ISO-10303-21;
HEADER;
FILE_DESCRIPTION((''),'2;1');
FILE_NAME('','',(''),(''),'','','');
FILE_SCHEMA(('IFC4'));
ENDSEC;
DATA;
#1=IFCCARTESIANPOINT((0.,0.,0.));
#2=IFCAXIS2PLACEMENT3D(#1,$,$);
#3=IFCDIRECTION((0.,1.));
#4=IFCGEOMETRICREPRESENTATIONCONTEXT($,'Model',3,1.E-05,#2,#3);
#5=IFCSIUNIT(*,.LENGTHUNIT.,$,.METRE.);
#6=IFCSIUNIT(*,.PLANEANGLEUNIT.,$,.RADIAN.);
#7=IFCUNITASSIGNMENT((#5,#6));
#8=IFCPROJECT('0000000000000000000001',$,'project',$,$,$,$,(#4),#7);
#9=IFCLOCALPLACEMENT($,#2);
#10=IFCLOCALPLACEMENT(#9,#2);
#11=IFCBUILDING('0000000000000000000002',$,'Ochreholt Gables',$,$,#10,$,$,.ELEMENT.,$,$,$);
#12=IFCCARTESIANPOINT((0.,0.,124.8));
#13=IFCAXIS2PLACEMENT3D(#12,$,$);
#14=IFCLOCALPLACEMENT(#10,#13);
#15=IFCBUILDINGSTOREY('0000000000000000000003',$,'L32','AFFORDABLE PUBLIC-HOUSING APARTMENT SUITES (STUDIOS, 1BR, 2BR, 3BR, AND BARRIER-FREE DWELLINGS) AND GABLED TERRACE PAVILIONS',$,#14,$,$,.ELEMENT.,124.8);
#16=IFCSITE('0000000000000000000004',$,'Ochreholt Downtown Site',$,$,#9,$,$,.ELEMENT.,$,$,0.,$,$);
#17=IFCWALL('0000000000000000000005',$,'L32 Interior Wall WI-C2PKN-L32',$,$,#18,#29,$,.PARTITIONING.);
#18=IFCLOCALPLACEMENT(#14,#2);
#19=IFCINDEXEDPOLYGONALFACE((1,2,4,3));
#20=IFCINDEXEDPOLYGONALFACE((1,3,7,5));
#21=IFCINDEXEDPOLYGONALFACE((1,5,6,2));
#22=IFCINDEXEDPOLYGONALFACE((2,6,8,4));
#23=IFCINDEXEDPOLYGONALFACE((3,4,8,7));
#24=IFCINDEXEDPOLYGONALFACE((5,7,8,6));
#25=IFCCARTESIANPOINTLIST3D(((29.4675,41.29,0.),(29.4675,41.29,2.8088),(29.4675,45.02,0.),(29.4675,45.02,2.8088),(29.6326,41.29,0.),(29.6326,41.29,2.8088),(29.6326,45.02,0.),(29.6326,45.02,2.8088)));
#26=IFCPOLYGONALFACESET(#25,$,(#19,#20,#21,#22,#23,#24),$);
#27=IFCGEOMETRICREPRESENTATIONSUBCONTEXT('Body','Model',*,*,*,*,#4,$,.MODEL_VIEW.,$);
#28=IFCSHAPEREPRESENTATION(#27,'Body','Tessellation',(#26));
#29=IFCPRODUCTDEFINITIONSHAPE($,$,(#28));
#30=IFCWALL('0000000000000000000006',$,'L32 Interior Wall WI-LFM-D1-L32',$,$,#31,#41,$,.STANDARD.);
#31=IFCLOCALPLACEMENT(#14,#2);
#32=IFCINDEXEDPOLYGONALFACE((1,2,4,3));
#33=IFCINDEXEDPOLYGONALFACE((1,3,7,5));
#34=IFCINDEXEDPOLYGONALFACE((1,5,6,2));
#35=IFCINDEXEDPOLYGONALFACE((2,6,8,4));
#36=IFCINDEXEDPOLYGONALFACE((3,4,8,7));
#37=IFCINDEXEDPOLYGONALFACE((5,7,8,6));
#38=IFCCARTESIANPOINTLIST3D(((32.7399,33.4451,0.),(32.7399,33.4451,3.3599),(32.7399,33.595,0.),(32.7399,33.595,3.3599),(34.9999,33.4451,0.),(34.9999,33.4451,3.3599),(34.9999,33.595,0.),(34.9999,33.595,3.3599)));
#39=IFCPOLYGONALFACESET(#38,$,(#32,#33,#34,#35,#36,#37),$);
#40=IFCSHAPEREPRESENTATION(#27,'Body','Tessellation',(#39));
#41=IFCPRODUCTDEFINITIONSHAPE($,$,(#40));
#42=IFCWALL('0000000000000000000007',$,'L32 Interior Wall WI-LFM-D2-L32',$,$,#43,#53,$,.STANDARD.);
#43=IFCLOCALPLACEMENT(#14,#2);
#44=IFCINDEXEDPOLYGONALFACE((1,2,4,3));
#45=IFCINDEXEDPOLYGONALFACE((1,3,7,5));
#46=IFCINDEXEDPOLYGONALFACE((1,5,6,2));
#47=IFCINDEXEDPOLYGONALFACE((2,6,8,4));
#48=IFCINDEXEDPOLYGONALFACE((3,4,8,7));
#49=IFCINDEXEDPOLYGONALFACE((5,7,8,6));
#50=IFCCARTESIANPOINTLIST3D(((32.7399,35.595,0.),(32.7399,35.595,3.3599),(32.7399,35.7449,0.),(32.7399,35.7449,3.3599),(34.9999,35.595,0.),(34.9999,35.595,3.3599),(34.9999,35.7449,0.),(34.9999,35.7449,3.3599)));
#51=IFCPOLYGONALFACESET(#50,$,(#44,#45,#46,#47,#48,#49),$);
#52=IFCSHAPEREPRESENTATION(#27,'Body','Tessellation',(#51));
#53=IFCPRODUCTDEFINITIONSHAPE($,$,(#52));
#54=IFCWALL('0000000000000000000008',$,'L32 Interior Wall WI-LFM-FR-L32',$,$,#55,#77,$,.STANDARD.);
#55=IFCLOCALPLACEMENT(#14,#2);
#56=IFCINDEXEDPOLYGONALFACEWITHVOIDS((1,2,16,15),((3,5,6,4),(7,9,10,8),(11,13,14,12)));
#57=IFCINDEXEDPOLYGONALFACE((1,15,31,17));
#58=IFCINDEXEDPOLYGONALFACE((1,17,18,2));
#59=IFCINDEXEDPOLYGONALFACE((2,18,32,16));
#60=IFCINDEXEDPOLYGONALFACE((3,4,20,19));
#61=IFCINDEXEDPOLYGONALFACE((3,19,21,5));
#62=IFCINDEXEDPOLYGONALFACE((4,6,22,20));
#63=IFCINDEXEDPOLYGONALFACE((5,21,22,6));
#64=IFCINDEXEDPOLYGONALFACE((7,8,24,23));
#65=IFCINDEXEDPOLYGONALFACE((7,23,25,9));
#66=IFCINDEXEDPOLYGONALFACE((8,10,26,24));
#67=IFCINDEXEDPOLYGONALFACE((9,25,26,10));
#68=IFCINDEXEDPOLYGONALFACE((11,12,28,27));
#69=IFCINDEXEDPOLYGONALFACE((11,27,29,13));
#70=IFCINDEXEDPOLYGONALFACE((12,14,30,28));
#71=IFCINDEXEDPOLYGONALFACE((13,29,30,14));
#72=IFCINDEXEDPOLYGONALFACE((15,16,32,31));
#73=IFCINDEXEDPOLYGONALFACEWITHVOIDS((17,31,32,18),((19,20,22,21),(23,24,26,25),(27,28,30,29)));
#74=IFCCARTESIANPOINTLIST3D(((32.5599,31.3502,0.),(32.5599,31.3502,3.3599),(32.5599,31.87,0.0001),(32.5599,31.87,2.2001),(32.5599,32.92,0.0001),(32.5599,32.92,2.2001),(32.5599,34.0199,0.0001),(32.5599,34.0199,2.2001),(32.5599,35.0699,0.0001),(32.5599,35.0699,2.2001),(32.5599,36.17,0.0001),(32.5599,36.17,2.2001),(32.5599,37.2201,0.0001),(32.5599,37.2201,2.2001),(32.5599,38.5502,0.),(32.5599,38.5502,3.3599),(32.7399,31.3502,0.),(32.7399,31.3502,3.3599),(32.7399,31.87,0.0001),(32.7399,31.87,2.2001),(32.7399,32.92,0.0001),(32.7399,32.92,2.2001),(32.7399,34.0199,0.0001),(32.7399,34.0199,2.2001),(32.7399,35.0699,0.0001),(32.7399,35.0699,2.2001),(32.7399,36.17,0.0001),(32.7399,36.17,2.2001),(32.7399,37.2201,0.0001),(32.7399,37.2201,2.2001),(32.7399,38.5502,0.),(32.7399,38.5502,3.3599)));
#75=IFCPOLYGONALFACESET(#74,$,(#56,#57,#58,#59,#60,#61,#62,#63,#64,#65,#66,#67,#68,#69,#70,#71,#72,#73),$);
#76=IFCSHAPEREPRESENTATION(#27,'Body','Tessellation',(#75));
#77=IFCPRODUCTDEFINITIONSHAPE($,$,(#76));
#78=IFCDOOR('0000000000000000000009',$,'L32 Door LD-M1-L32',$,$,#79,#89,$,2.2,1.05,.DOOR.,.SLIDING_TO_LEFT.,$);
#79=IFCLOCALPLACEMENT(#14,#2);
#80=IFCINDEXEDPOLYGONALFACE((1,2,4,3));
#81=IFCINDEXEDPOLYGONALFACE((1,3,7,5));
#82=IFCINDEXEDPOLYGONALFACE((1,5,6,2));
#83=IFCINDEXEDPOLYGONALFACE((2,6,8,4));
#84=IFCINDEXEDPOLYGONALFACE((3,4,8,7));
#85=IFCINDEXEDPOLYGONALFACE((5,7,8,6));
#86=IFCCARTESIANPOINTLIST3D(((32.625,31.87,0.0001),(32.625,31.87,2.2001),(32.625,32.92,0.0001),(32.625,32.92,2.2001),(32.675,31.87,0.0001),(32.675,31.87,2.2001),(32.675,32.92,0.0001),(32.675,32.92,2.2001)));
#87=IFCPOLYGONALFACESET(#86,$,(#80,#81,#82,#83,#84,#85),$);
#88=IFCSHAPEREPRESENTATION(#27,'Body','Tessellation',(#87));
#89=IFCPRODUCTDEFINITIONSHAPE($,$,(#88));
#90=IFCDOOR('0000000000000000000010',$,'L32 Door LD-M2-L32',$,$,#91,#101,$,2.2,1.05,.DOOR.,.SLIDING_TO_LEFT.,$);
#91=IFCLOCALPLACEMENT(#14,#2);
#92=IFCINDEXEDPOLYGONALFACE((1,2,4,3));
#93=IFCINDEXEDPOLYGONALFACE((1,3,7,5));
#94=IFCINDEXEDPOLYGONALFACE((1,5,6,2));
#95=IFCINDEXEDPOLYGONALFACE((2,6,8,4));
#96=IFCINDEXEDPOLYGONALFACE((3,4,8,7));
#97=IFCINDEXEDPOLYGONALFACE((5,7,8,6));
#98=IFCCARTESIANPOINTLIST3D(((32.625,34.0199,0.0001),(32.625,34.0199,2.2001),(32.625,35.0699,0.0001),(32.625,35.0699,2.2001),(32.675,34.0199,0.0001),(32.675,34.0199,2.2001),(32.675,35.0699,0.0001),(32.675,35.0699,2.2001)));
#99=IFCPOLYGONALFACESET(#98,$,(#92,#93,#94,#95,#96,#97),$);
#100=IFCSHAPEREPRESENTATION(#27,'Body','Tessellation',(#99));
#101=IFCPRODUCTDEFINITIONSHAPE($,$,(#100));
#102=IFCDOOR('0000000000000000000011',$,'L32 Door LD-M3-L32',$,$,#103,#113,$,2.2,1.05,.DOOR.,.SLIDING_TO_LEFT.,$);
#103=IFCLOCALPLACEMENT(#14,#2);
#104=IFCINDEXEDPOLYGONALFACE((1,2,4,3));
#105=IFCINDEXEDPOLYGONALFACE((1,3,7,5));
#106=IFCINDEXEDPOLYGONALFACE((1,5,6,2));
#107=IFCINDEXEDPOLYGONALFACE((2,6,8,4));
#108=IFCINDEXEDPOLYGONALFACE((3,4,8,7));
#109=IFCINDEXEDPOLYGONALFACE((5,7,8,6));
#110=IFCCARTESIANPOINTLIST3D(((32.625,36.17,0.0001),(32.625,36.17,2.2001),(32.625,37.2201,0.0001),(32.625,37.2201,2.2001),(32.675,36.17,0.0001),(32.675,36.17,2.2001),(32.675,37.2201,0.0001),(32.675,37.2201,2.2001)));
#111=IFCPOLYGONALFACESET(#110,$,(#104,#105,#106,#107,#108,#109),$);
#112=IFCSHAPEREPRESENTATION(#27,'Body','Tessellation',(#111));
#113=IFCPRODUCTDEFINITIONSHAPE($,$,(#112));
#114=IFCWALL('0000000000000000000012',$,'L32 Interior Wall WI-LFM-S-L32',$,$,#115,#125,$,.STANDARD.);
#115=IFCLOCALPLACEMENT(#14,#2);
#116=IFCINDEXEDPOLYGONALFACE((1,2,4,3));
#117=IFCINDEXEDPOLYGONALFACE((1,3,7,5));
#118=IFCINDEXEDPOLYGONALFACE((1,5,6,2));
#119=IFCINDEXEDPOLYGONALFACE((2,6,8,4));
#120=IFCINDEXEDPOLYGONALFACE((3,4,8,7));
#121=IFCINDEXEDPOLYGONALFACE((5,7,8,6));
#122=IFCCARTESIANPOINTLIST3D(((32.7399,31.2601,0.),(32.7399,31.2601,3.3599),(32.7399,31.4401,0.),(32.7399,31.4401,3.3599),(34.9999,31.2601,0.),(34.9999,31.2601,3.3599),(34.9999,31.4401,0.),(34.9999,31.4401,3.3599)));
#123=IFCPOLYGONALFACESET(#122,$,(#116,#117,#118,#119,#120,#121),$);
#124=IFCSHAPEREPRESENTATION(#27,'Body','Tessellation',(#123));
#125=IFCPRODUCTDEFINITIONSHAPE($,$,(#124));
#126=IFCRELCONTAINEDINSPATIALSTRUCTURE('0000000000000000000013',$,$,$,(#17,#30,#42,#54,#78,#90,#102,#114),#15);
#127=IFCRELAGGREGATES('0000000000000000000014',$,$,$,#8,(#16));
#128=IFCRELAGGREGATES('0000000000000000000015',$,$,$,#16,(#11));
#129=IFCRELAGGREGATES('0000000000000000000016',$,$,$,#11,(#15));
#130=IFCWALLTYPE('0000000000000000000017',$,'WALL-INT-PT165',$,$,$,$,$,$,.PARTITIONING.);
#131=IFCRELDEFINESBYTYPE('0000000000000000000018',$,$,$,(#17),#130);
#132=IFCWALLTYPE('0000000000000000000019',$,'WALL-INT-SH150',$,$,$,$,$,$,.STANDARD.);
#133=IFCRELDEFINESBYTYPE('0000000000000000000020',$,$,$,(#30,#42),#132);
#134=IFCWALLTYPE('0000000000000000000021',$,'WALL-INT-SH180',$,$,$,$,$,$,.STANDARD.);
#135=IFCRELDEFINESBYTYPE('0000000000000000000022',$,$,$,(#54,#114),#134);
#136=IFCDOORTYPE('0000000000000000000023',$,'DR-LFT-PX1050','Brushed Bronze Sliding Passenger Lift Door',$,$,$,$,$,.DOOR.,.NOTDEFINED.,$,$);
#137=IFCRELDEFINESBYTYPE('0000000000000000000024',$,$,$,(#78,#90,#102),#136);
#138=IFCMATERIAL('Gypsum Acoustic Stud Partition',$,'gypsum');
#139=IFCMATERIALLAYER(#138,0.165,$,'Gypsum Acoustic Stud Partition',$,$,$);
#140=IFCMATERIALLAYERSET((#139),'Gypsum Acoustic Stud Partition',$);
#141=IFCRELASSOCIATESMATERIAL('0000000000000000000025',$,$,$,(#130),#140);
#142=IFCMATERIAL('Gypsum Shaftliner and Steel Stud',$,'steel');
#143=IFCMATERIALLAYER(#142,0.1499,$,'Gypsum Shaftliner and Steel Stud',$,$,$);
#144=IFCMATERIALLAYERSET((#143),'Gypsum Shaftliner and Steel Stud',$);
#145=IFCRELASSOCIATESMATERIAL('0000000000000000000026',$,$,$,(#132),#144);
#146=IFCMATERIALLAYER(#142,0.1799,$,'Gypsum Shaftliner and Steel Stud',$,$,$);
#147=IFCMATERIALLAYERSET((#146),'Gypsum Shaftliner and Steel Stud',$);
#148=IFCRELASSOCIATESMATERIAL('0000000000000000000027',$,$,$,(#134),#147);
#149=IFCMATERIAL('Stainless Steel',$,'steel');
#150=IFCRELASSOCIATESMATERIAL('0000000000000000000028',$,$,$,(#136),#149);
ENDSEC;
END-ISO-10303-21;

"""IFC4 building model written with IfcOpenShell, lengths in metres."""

from ifc_helpers import new_model, si_unit, direction, frame, frame_2d, origin, place, context, subcontext, project, spatial, rectangle, extrude, material, layer, layer_set, type_object, element, fill, save


model = new_model("IFC4")

# Units and contexts
model_context = context("Model", 3, precision=1e-05, world=origin(), true_north=direction((0.0, 1.0)))
body_context = subcontext(model_context, "Body", "Model", "MODEL_VIEW")
ifc_project = project(units=[si_unit("LENGTHUNIT", "METRE"), si_unit("PLANEANGLEUNIT", "RADIAN")], contexts=[model_context])

# Site, building, storey
site_placement = place(None, origin())
site = spatial("IfcSite", under=ifc_project, at=site_placement, Name="Ochreholt Downtown Site", CompositionType="ELEMENT", RefElevation=0.0)
building_placement = place(site_placement, origin())
building = spatial("IfcBuilding", under=site, at=building_placement, Name="Ochreholt Gables", CompositionType="ELEMENT")
storey_placement = place(building_placement, frame((0.0, 0.0, 124.8)))
storey = spatial("IfcBuildingStorey", under=building, at=storey_placement, Name="L32", Description="AFFORDABLE PUBLIC-HOUSING APARTMENT SUITES (STUDIOS, 1BR, 2BR, 3BR, AND BARRIER-FREE DWELLINGS) AND GABLED TERRACE PAVILIONS", CompositionType="ELEMENT", Elevation=124.8)

# Shared definitions
ifc_material_1 = material(Name="Gypsum Acoustic Stud Partition", Category="gypsum")
ifc_layer_1 = layer(ifc_material_1, 0.165, Name="Gypsum Acoustic Stud Partition")
ifc_layer_set_1 = layer_set([ifc_layer_1], Name="Gypsum Acoustic Stud Partition")
wall_type_1 = type_object("IfcWallType", Name="WALL-INT-PT165", PredefinedType="PARTITIONING", material=ifc_layer_set_1)

# Walls
wall_1_placement = place(storey_placement, frame((29.55, 41.29, 0.0), z_axis=(0.0, 0.0, 1.0), x_axis=(0.0, 1.0, 0.0)))
element("IfcWall", 1, at=wall_1_placement, inside=storey, type_object=wall_type_1, Name="L32 Interior Wall WI-C2PKN-L32", PredefinedType="PARTITIONING", context=body_context, shape_type="SweptSolid", body=[
    extrude(rectangle(XDim=3.73, YDim=0.165, at=frame_2d((1.865, 0.0))), origin(), (0.0, 0.0, 1.0), 2.8088),
])
ifc_material_2 = material(Name="Gypsum Shaftliner and Steel Stud", Category="steel")
ifc_layer_2 = layer(ifc_material_2, 0.1499, Name="Gypsum Shaftliner and Steel Stud")
ifc_layer_set_2 = layer_set([ifc_layer_2], Name="Gypsum Shaftliner and Steel Stud")
wall_type_2 = type_object("IfcWallType", Name="WALL-INT-SH150", PredefinedType="STANDARD", material=ifc_layer_set_2)
for number, where, z_axis, x_axis, name in (
    (2, (32.74, 33.52, 0.0), (0.0, 0.0, 1.0), (1.0, 0.0, 0.0), "L32 Interior Wall WI-LFM-D1-L32"),
    (3, (32.74, 35.6699, 0.0), (0.0, 0.0, 1.0), (1.0, 0.0, 0.0), "L32 Interior Wall WI-LFM-D2-L32"),
):
    element("IfcWall", number, at=place(storey_placement, frame(where, z_axis=z_axis, x_axis=x_axis)), inside=storey, type_object=wall_type_2, Name=name, PredefinedType="STANDARD", context=body_context, shape_type="SweptSolid", body=[
        extrude(rectangle(XDim=2.26, YDim=0.1499, at=frame_2d((1.1299, 0.0))), origin(), (0.0, 0.0, 1.0), 3.3599),
    ])

# Wall, openings, doors
ifc_layer_3 = layer(ifc_material_2, 0.1799, Name="Gypsum Shaftliner and Steel Stud")
ifc_layer_set_3 = layer_set([ifc_layer_3], Name="Gypsum Shaftliner and Steel Stud")
wall_type_3 = type_object("IfcWallType", Name="WALL-INT-SH180", PredefinedType="STANDARD", material=ifc_layer_set_3)
wall_2_placement = place(storey_placement, frame((32.6499, 31.3501, 0.0), z_axis=(0.0, 0.0, 1.0), x_axis=(0.0, 1.0, 0.0)))
wall_2 = element("IfcWall", 4, at=wall_2_placement, inside=storey, type_object=wall_type_3, Name="L32 Interior Wall WI-LFM-FR-L32", PredefinedType="STANDARD", context=body_context, shape_type="SweptSolid", body=[
    extrude(rectangle(XDim=7.2, YDim=0.1799, at=frame_2d((3.6001, 0.0))), origin(), (0.0, 0.0, 1.0), 3.3599),
])
opening_1_placement = place(wall_2_placement, frame((0.52, 0.0, 0.0)))
opening_1 = element("IfcOpeningElement", 5, at=opening_1_placement, cuts=wall_2, PredefinedType="OPENING", context=body_context, shape_type="SweptSolid", body=[
    extrude(rectangle(XDim=1.05, YDim=2.2, at=frame_2d((0.5249, 1.1001))), frame((0.0, 0.0999, 0.0), z_axis=(0.0, -1.0, 0.0), x_axis=(1.0, 0.0, 0.0)), (0.0, 0.0, 1.0), 0.2),
])
opening_2_placement = place(wall_2_placement, frame((2.6699, 0.0, 0.0)))
opening_2 = element("IfcOpeningElement", 6, at=opening_2_placement, cuts=wall_2, PredefinedType="OPENING", context=body_context, shape_type="SweptSolid", body=[
    extrude(rectangle(XDim=1.05, YDim=2.2, at=frame_2d((0.5249, 1.1001))), frame((0.0, 0.0999, 0.0), z_axis=(0.0, -1.0, 0.0), x_axis=(1.0, 0.0, 0.0)), (0.0, 0.0, 1.0), 0.2),
])
opening_3_placement = place(wall_2_placement, frame((4.8201, 0.0, 0.0)))
opening_3 = element("IfcOpeningElement", 7, at=opening_3_placement, cuts=wall_2, PredefinedType="OPENING", context=body_context, shape_type="SweptSolid", body=[
    extrude(rectangle(XDim=1.05, YDim=2.2, at=frame_2d((0.5249, 1.1001))), frame((0.0, 0.0999, 0.0), z_axis=(0.0, -1.0, 0.0), x_axis=(1.0, 0.0, 0.0)), (0.0, 0.0, 1.0), 0.2),
])
ifc_material_3 = material(Name="Stainless Steel", Category="steel")
door_type_1 = type_object("IfcDoorType", Name="DR-LFT-PX1050", Description="Brushed Bronze Sliding Passenger Lift Door", OperationType="NOTDEFINED", PredefinedType="DOOR", material=ifc_material_3)
door_1_placement = place(opening_1_placement, origin())
door_1 = element("IfcDoor", 8, at=door_1_placement, inside=storey, type_object=door_type_1, Name="L32 Door LD-M1-L32", OperationType="SLIDING_TO_LEFT", OverallHeight=2.2, OverallWidth=1.05, PredefinedType="DOOR", context=body_context, shape_type="SweptSolid", body=[
    extrude(rectangle(XDim=1.05, YDim=2.2, at=frame_2d((0.5249, 1.1001))), frame((0.0, 0.0249, 0.0), z_axis=(0.0, -1.0, 0.0), x_axis=(1.0, 0.0, 0.0)), (0.0, 0.0, 1.0), 0.05),
])
fill(opening_1, door_1)
door_2_placement = place(opening_2_placement, origin())
door_2 = element("IfcDoor", 9, at=door_2_placement, inside=storey, type_object=door_type_1, Name="L32 Door LD-M2-L32", OperationType="SLIDING_TO_LEFT", OverallHeight=2.2, OverallWidth=1.05, PredefinedType="DOOR", context=body_context, shape_type="SweptSolid", body=[
    extrude(rectangle(XDim=1.05, YDim=2.2, at=frame_2d((0.5249, 1.1001))), frame((0.0, 0.0249, 0.0), z_axis=(0.0, -1.0, 0.0), x_axis=(1.0, 0.0, 0.0)), (0.0, 0.0, 1.0), 0.05),
])
fill(opening_2, door_2)
door_3_placement = place(opening_3_placement, origin())
door_3 = element("IfcDoor", 10, at=door_3_placement, inside=storey, type_object=door_type_1, Name="L32 Door LD-M3-L32", OperationType="SLIDING_TO_LEFT", OverallHeight=2.2, OverallWidth=1.05, PredefinedType="DOOR", context=body_context, shape_type="SweptSolid", body=[
    extrude(rectangle(XDim=1.05, YDim=2.2, at=frame_2d((0.5249, 1.1001))), frame((0.0, 0.0249, 0.0), z_axis=(0.0, -1.0, 0.0), x_axis=(1.0, 0.0, 0.0)), (0.0, 0.0, 1.0), 0.05),
])
fill(opening_3, door_3)

# Wall
wall_3_placement = place(storey_placement, frame((32.74, 31.3501, 0.0), z_axis=(0.0, 0.0, 1.0), x_axis=(1.0, 0.0, 0.0)))
element("IfcWall", 11, at=wall_3_placement, inside=storey, type_object=wall_type_3, Name="L32 Interior Wall WI-LFM-S-L32", PredefinedType="STANDARD", context=body_context, shape_type="SweptSolid", body=[
    extrude(rectangle(XDim=2.26, YDim=0.1799, at=frame_2d((1.1299, 0.0))), origin(), (0.0, 0.0, 1.0), 3.3599),
])

save(model, "model.ifc")
